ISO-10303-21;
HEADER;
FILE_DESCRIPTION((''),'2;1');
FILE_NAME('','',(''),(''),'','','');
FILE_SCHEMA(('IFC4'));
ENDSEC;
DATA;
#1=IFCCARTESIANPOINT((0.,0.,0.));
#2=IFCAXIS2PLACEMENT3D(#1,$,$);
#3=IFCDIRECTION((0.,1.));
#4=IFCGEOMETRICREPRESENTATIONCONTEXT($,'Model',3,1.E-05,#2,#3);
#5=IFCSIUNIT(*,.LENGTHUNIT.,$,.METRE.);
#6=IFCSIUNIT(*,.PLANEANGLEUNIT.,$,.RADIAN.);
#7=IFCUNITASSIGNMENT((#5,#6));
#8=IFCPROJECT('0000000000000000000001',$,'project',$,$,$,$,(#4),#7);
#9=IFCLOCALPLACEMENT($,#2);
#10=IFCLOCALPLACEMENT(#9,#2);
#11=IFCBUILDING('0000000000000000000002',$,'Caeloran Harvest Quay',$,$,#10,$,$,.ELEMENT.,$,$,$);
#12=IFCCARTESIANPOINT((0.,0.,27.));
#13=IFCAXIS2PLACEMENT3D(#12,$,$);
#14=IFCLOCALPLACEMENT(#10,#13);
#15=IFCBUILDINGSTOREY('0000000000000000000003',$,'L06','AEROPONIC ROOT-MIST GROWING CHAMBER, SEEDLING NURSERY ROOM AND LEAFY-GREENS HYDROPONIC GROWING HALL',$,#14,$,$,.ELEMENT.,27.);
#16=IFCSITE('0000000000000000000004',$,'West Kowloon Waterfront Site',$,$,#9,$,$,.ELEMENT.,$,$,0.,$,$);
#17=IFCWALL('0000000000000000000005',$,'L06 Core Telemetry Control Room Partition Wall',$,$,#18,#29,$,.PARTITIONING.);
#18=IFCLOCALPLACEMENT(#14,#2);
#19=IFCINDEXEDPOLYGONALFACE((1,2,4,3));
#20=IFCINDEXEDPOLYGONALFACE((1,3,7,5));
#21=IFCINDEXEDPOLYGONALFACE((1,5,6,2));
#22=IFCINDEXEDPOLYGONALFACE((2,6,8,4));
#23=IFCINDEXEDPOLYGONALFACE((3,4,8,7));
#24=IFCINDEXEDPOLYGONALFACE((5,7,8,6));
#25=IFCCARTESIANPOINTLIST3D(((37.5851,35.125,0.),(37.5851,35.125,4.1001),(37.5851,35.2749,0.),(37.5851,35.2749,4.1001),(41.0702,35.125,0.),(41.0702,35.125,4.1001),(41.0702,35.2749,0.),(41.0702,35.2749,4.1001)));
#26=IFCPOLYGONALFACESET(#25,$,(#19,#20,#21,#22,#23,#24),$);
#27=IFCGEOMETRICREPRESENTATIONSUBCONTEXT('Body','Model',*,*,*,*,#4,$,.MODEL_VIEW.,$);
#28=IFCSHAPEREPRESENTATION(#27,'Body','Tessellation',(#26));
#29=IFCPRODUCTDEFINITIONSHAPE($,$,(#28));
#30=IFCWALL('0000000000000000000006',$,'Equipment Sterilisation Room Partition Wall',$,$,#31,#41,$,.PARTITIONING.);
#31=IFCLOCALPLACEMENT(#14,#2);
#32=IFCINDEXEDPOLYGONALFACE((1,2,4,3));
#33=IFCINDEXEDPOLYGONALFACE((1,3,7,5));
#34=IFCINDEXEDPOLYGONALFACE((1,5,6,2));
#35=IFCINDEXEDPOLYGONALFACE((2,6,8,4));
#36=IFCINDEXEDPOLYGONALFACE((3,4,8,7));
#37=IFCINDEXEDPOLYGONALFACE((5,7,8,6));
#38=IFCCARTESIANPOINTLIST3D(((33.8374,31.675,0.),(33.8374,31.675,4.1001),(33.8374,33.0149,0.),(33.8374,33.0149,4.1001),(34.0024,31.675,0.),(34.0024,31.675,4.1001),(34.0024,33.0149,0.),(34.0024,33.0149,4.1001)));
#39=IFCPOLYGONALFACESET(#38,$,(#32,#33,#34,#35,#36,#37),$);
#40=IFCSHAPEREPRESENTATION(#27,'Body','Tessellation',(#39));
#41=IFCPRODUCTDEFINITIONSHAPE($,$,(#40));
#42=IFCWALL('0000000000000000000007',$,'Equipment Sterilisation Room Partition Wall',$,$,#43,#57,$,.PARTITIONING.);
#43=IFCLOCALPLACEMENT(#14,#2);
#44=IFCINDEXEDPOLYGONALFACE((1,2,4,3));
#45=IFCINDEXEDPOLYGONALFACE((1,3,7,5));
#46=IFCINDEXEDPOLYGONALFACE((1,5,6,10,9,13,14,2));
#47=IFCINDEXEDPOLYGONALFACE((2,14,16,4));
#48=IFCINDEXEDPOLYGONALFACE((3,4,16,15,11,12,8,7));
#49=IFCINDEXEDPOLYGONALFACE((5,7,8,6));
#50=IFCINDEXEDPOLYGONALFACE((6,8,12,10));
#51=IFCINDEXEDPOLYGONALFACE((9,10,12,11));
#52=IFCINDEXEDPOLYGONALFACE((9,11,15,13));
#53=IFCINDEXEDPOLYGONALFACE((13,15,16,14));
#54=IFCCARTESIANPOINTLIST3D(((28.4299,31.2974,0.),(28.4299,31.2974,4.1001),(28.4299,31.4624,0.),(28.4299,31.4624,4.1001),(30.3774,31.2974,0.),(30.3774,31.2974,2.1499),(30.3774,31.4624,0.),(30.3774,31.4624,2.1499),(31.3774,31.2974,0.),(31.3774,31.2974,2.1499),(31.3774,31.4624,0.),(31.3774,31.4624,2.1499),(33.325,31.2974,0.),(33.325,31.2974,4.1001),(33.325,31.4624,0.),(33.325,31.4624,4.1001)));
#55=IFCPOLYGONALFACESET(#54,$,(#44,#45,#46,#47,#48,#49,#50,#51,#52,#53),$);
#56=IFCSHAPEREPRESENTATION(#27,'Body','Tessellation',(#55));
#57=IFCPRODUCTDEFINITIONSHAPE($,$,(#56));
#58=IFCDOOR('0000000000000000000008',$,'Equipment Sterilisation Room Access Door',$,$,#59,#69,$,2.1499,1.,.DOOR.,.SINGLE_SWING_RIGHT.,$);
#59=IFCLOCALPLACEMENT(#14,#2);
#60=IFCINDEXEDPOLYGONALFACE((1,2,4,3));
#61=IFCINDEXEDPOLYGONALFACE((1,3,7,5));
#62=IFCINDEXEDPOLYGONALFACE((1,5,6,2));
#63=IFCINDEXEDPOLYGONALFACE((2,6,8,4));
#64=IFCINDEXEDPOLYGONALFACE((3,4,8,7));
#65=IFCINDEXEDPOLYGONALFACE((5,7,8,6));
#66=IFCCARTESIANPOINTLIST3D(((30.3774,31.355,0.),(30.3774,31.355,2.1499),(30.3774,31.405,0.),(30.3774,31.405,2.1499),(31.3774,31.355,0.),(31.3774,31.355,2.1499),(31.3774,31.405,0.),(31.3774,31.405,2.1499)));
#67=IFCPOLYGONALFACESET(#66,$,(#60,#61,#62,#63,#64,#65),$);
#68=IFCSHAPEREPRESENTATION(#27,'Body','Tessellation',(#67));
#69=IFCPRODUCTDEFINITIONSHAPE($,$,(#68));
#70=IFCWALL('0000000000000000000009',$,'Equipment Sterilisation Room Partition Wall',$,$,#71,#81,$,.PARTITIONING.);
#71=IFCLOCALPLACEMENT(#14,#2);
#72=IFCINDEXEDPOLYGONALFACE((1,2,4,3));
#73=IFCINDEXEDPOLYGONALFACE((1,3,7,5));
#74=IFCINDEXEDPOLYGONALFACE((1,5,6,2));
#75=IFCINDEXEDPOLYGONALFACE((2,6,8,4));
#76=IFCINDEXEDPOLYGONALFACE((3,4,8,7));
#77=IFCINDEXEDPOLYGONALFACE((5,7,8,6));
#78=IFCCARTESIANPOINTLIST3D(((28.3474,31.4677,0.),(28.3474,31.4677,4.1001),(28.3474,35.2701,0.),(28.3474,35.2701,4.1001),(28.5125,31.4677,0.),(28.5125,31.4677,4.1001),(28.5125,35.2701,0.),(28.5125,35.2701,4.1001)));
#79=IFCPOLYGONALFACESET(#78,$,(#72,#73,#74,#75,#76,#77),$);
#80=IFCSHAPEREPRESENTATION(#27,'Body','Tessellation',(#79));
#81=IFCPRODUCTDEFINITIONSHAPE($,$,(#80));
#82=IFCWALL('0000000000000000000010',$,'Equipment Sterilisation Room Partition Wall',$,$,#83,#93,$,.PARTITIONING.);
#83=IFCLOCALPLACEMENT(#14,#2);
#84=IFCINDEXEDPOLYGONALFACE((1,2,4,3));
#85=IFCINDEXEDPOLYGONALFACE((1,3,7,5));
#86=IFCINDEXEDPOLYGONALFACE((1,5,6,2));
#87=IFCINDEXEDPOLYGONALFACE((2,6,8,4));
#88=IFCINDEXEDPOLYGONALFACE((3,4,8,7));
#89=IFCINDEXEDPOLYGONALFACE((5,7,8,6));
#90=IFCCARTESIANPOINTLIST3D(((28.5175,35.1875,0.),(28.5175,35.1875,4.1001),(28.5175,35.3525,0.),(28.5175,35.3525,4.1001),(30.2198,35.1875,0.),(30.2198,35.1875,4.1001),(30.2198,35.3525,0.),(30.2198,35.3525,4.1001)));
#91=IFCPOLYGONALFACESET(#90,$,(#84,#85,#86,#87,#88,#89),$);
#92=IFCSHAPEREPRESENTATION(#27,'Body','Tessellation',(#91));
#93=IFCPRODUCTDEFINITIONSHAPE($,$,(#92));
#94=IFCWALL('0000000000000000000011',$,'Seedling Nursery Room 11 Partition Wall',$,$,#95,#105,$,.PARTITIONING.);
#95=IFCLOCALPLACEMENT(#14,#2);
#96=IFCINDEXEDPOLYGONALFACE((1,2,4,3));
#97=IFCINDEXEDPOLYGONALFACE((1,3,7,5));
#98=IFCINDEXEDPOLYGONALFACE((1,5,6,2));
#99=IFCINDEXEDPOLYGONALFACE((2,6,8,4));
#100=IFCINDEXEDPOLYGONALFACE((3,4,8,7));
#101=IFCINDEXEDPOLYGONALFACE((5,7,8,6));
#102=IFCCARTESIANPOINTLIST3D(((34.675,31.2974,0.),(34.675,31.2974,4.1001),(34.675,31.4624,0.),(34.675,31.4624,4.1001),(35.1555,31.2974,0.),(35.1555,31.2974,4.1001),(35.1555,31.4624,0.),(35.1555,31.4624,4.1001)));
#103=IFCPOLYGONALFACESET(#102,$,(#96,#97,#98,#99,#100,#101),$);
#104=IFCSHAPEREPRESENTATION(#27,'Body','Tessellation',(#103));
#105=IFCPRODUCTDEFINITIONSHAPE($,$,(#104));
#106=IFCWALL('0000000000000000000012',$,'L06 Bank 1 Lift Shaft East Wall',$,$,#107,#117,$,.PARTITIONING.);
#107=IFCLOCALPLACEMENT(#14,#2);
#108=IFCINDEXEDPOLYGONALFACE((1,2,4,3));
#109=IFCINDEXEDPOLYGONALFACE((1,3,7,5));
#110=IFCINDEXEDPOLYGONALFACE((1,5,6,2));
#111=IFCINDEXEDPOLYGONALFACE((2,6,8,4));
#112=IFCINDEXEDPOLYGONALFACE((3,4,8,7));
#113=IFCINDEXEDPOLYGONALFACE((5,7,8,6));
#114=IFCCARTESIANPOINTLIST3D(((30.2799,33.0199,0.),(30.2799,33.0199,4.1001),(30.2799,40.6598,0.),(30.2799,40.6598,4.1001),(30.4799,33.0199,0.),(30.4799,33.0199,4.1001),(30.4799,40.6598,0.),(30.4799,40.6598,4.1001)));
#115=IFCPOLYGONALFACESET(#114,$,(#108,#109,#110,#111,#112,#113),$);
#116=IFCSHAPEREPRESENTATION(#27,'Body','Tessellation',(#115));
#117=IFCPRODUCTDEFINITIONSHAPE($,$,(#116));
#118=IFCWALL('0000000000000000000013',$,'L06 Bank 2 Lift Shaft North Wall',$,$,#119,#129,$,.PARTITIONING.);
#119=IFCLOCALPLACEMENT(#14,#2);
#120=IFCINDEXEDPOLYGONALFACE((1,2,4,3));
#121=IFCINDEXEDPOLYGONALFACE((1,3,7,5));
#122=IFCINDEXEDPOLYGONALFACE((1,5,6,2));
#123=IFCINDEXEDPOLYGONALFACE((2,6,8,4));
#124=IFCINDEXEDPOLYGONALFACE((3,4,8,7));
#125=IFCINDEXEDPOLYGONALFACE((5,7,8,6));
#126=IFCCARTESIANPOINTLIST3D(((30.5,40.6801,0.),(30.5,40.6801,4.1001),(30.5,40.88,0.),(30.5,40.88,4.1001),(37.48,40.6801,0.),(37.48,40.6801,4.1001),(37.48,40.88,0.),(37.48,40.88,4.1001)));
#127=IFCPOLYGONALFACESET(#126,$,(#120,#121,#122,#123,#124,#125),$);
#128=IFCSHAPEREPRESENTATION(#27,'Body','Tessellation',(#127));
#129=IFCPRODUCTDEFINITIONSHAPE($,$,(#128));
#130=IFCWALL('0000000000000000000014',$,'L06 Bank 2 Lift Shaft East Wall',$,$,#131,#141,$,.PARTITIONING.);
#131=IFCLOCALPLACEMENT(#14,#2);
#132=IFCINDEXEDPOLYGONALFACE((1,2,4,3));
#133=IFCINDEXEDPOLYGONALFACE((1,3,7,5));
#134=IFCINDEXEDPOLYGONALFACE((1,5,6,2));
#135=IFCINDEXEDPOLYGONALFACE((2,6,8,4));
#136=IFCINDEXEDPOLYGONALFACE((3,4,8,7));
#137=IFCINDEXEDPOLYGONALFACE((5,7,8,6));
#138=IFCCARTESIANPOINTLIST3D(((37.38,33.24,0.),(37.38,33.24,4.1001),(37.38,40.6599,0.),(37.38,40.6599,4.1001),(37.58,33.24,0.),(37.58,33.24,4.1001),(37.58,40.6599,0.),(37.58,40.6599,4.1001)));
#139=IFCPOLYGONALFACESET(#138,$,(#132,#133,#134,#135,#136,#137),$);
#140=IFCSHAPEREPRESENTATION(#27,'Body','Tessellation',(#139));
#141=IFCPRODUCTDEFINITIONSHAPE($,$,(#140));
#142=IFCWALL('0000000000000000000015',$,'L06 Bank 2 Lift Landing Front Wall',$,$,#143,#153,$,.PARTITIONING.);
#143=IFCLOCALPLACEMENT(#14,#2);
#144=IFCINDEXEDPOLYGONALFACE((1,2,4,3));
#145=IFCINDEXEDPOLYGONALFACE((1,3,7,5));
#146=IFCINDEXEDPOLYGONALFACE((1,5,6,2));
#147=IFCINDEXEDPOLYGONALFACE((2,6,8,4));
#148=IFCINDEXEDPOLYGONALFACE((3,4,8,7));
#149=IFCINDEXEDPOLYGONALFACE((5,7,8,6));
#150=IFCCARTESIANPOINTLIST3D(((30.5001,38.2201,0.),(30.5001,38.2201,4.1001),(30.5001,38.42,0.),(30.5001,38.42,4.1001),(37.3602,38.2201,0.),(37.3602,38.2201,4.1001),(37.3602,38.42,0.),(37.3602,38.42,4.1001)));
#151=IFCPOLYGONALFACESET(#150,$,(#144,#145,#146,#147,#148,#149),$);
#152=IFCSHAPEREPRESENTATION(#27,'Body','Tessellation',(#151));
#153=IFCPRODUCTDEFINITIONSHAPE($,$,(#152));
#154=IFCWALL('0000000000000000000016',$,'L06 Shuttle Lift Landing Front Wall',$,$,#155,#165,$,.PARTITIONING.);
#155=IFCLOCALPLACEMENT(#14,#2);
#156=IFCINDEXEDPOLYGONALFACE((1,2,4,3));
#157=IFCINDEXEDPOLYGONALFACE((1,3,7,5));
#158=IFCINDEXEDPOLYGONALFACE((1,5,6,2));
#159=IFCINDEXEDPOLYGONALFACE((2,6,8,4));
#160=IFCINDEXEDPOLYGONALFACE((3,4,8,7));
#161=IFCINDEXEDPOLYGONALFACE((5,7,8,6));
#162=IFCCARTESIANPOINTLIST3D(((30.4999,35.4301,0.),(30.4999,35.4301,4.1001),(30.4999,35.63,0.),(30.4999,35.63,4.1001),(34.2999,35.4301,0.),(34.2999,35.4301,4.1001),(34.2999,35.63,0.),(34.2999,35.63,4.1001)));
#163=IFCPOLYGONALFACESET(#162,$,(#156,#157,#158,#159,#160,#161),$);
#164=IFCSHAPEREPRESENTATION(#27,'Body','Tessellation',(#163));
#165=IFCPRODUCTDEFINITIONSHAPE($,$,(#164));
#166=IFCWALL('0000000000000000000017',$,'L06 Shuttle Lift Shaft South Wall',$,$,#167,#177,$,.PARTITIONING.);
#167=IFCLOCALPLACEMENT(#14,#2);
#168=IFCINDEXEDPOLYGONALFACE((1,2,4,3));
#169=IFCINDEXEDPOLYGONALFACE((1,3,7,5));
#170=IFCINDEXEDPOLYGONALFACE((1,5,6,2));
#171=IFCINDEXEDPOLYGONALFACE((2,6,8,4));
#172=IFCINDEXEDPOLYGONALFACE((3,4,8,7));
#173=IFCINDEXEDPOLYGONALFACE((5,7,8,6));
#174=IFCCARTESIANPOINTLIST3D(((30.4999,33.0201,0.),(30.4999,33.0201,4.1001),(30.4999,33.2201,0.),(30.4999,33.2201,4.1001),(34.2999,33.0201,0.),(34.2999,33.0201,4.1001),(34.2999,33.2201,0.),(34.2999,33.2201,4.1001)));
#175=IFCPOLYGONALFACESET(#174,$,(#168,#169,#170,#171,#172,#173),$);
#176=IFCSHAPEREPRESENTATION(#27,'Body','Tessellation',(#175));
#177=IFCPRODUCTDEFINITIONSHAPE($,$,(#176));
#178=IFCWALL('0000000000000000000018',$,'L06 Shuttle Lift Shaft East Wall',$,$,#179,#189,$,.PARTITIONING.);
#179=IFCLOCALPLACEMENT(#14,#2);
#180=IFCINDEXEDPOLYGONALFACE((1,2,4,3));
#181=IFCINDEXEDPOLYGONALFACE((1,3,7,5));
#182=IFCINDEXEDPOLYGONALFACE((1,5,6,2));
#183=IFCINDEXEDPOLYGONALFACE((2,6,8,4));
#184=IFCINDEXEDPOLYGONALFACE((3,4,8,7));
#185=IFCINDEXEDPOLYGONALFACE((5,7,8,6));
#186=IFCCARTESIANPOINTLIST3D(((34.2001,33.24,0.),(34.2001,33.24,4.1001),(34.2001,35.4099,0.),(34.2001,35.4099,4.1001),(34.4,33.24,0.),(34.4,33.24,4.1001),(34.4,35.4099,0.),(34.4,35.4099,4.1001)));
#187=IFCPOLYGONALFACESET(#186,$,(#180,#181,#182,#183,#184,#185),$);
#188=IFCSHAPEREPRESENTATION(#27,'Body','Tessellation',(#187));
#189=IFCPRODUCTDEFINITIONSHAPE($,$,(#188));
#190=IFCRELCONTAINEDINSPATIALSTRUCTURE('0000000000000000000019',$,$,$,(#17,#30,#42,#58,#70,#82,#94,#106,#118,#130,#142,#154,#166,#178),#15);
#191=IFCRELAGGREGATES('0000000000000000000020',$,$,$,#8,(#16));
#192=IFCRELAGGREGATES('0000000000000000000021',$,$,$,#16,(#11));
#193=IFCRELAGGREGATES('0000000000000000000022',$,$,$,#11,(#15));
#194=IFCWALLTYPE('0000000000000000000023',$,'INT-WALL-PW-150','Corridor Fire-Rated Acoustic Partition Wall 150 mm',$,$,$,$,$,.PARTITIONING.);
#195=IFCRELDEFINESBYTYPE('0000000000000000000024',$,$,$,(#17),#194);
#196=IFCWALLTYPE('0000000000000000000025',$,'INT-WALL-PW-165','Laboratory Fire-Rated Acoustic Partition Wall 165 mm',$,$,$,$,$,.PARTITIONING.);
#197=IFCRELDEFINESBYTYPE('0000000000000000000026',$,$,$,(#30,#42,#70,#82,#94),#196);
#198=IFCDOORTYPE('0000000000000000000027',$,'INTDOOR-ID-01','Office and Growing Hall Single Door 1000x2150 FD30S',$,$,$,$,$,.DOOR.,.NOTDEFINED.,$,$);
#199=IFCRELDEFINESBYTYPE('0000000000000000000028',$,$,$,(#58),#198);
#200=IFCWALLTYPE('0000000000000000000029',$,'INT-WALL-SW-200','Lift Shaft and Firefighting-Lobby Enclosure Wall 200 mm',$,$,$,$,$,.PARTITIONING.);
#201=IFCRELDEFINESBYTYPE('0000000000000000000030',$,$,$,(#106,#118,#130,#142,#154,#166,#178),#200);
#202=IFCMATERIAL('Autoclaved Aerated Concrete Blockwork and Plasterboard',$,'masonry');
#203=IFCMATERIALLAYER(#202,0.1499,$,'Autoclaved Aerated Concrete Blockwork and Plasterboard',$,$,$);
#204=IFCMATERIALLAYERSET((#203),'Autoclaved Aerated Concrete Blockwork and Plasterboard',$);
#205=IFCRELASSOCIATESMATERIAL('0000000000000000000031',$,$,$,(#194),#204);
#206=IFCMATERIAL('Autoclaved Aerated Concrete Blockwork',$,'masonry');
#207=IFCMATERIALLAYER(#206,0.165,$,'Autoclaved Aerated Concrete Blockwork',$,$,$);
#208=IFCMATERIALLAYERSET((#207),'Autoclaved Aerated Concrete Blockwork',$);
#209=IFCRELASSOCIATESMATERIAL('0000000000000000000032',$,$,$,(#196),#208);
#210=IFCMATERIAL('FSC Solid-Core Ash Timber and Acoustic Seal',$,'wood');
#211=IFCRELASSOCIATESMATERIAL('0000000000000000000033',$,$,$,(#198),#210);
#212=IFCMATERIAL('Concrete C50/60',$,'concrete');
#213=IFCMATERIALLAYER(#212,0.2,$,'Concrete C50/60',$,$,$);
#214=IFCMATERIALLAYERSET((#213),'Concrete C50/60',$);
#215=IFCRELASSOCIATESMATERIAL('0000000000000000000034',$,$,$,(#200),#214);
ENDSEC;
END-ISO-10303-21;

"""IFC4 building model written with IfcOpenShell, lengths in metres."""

from ifc_helpers import new_model, si_unit, direction, frame, frame_2d, origin, place, context, subcontext, project, spatial, rectangle, extrude, material, layer, layer_set, type_object, element, fill, save


model = new_model("IFC4")

# Units and contexts
model_context = context("Model", 3, precision=1e-05, world=origin(), true_north=direction((0.0, 1.0)))
body_context = subcontext(model_context, "Body", "Model", "MODEL_VIEW")
ifc_project = project(units=[si_unit("LENGTHUNIT", "METRE"), si_unit("PLANEANGLEUNIT", "RADIAN")], contexts=[model_context])

# Site, building, storey
site_placement = place(None, origin())
site = spatial("IfcSite", under=ifc_project, at=site_placement, Name="West Kowloon Waterfront Site", CompositionType="ELEMENT", RefElevation=0.0)
building_placement = place(site_placement, origin())
building = spatial("IfcBuilding", under=site, at=building_placement, Name="Caeloran Harvest Quay", CompositionType="ELEMENT")
storey_placement = place(building_placement, frame((0.0, 0.0, 27.0)))
storey = spatial("IfcBuildingStorey", under=building, at=storey_placement, Name="L06", Description="AEROPONIC ROOT-MIST GROWING CHAMBER, SEEDLING NURSERY ROOM AND LEAFY-GREENS HYDROPONIC GROWING HALL", CompositionType="ELEMENT", Elevation=27.0)

# Shared definitions
ifc_material_1 = material(Name="Autoclaved Aerated Concrete Blockwork and Plasterboard", Category="masonry")
ifc_layer_1 = layer(ifc_material_1, 0.1499, Name="Autoclaved Aerated Concrete Blockwork and Plasterboard")
ifc_layer_set_1 = layer_set([ifc_layer_1], Name="Autoclaved Aerated Concrete Blockwork and Plasterboard")
wall_type_1 = type_object("IfcWallType", Name="INT-WALL-PW-150", Description="Corridor Fire-Rated Acoustic Partition Wall 150 mm", PredefinedType="PARTITIONING", material=ifc_layer_set_1)

# Walls
wall_1_placement = place(storey_placement, frame((37.585, 35.2, 0.0), z_axis=(0.0, 0.0, 1.0), x_axis=(1.0, 0.0, 0.0)))
element("IfcWall", 1, at=wall_1_placement, inside=storey, type_object=wall_type_1, Name="L06 Core Telemetry Control Room Partition Wall", PredefinedType="PARTITIONING", context=body_context, shape_type="SweptSolid", body=[
    extrude(rectangle(XDim=3.4851, YDim=0.1499, at=frame_2d((1.7427, 0.0))), origin(), (0.0, 0.0, 1.0), 4.1001),
])
ifc_material_2 = material(Name="Autoclaved Aerated Concrete Blockwork", Category="masonry")
ifc_layer_2 = layer(ifc_material_2, 0.165, Name="Autoclaved Aerated Concrete Blockwork")
ifc_layer_set_2 = layer_set([ifc_layer_2], Name="Autoclaved Aerated Concrete Blockwork")
wall_type_2 = type_object("IfcWallType", Name="INT-WALL-PW-165", Description="Laboratory Fire-Rated Acoustic Partition Wall 165 mm", PredefinedType="PARTITIONING", material=ifc_layer_set_2)
wall_2_placement = place(storey_placement, frame((33.9199, 33.0149, 0.0), z_axis=(0.0, 0.0, 1.0), x_axis=(0.0, -1.0, 0.0)))
element("IfcWall", 2, at=wall_2_placement, inside=storey, type_object=wall_type_2, Name="Equipment Sterilisation Room Partition Wall", PredefinedType="PARTITIONING", context=body_context, shape_type="SweptSolid", body=[
    extrude(rectangle(XDim=1.3398, YDim=0.165, at=frame_2d((0.6699, 0.0))), origin(), (0.0, 0.0, 1.0), 4.1001),
])

# Wall, opening, door
wall_3_placement = place(storey_placement, frame((33.325, 31.3799, 0.0), z_axis=(0.0, 0.0, 1.0), x_axis=(-1.0, 0.0, 0.0)))
wall_3 = element("IfcWall", 3, at=wall_3_placement, inside=storey, type_object=wall_type_2, Name="Equipment Sterilisation Room Partition Wall", PredefinedType="PARTITIONING", context=body_context, shape_type="SweptSolid", body=[
    extrude(rectangle(XDim=4.895, YDim=0.165, at=frame_2d((2.4475, 0.0))), origin(), (0.0, 0.0, 1.0), 4.1001),
])
opening_1_placement = place(wall_3_placement, frame((1.9475, 0.0, 0.0)))
opening_1 = element("IfcOpeningElement", 4, at=opening_1_placement, cuts=wall_3, PredefinedType="OPENING", context=body_context, shape_type="SweptSolid", body=[
    extrude(rectangle(XDim=1.0, YDim=2.1499, at=frame_2d((0.5, 1.075))), frame((0.0, 0.0925, 0.0), z_axis=(0.0, -1.0, 0.0), x_axis=(1.0, 0.0, 0.0)), (0.0, 0.0, 1.0), 0.1851),
])
ifc_material_3 = material(Name="FSC Solid-Core Ash Timber and Acoustic Seal", Category="wood")
door_type_1 = type_object("IfcDoorType", Name="INTDOOR-ID-01", Description="Office and Growing Hall Single Door 1000x2150 FD30S", OperationType="NOTDEFINED", PredefinedType="DOOR", material=ifc_material_3)
door_1_placement = place(opening_1_placement, origin())
door_1 = element("IfcDoor", 5, at=door_1_placement, inside=storey, type_object=door_type_1, Name="Equipment Sterilisation Room Access Door", OperationType="SINGLE_SWING_RIGHT", OverallHeight=2.1499, OverallWidth=1.0, PredefinedType="DOOR", context=body_context, shape_type="SweptSolid", body=[
    extrude(rectangle(XDim=1.0, YDim=2.1499, at=frame_2d((0.5, 1.075))), frame((0.0, 0.0249, 0.0), z_axis=(0.0, -1.0, 0.0), x_axis=(1.0, 0.0, 0.0)), (0.0, 0.0, 1.0), 0.05),
])
fill(opening_1, door_1)

# Walls
wall_4_placement = place(storey_placement, frame((28.4299, 31.4675, 0.0), z_axis=(0.0, 0.0, 1.0), x_axis=(0.0, 1.0, 0.0)))
element("IfcWall", 6, at=wall_4_placement, inside=storey, type_object=wall_type_2, Name="Equipment Sterilisation Room Partition Wall", PredefinedType="PARTITIONING", context=body_context, shape_type="SweptSolid", body=[
    extrude(rectangle(XDim=3.8025, YDim=0.165, at=frame_2d((1.9014, 0.0))), origin(), (0.0, 0.0, 1.0), 4.1001),
])
wall_5_placement = place(storey_placement, frame((28.5176, 35.27, 0.0), z_axis=(0.0, 0.0, 1.0), x_axis=(1.0, 0.0, 0.0)))
element("IfcWall", 7, at=wall_5_placement, inside=storey, type_object=wall_type_2, Name="Equipment Sterilisation Room Partition Wall", PredefinedType="PARTITIONING", context=body_context, shape_type="SweptSolid", body=[
    extrude(rectangle(XDim=1.7024, YDim=0.165, at=frame_2d((0.8511, 0.0))), origin(), (0.0, 0.0, 1.0), 4.1001),
])

# Walls
wall_6_placement = place(storey_placement, frame((35.1555, 31.3799, 0.0), z_axis=(0.0, 0.0, 1.0), x_axis=(-1.0, 0.0, 0.0)))
element("IfcWall", 8, at=wall_6_placement, inside=storey, type_object=wall_type_2, Name="Seedling Nursery Room 11 Partition Wall", PredefinedType="PARTITIONING", context=body_context, shape_type="SweptSolid", body=[
    extrude(rectangle(XDim=0.4805, YDim=0.165, at=frame_2d((0.2402, 0.0))), origin(), (0.0, 0.0, 1.0), 4.1001),
])
ifc_material_4 = material(Name="Concrete C50/60", Category="concrete")
ifc_layer_3 = layer(ifc_material_4, 0.2, Name="Concrete C50/60")
ifc_layer_set_3 = layer_set([ifc_layer_3], Name="Concrete C50/60")
wall_type_3 = type_object("IfcWallType", Name="INT-WALL-SW-200", Description="Lift Shaft and Firefighting-Lobby Enclosure Wall 200 mm", PredefinedType="PARTITIONING", material=ifc_layer_set_3)
wall_7_placement = place(storey_placement, frame((30.3799, 33.02, 0.0), z_axis=(0.0, 0.0, 1.0), x_axis=(0.0, 1.0, 0.0)))
element("IfcWall", 9, at=wall_7_placement, inside=storey, type_object=wall_type_3, Name="L06 Bank 1 Lift Shaft East Wall", PredefinedType="PARTITIONING", context=body_context, shape_type="SweptSolid", body=[
    extrude(rectangle(XDim=7.6399, YDim=0.2, at=frame_2d((3.8198, 0.0))), origin(), (0.0, 0.0, 1.0), 4.1001),
])
wall_8_placement = place(storey_placement, frame((30.5, 40.78, 0.0), z_axis=(0.0, 0.0, 1.0), x_axis=(1.0, 0.0, 0.0)))
element("IfcWall", 10, at=wall_8_placement, inside=storey, type_object=wall_type_3, Name="L06 Bank 2 Lift Shaft North Wall", PredefinedType="PARTITIONING", context=body_context, shape_type="SweptSolid", body=[
    extrude(rectangle(XDim=6.98, YDim=0.2, at=frame_2d((3.49, 0.0))), origin(), (0.0, 0.0, 1.0), 4.1001),
])
wall_9_placement = place(storey_placement, frame((37.48, 33.24, 0.0), z_axis=(0.0, 0.0, 1.0), x_axis=(0.0, 1.0, 0.0)))
element("IfcWall", 11, at=wall_9_placement, inside=storey, type_object=wall_type_3, Name="L06 Bank 2 Lift Shaft East Wall", PredefinedType="PARTITIONING", context=body_context, shape_type="SweptSolid", body=[
    extrude(rectangle(XDim=7.4199, YDim=0.2, at=frame_2d((3.71, 0.0))), origin(), (0.0, 0.0, 1.0), 4.1001),
])
wall_10_placement = place(storey_placement, frame((30.5, 38.3201, 0.0), z_axis=(0.0, 0.0, 1.0), x_axis=(1.0, 0.0, 0.0)))
element("IfcWall", 12, at=wall_10_placement, inside=storey, type_object=wall_type_3, Name="L06 Bank 2 Lift Landing Front Wall", PredefinedType="PARTITIONING", context=body_context, shape_type="SweptSolid", body=[
    extrude(rectangle(XDim=6.8601, YDim=0.2, at=frame_2d((3.4302, 0.0))), origin(), (0.0, 0.0, 1.0), 4.1001),
])
for number, where, z_axis, x_axis, name in (
    (13, (30.5, 35.53, 0.0), (0.0, 0.0, 1.0), (1.0, 0.0, 0.0), "L06 Shuttle Lift Landing Front Wall"),
    (14, (30.5, 33.1201, 0.0), (0.0, 0.0, 1.0), (1.0, 0.0, 0.0), "L06 Shuttle Lift Shaft South Wall"),
):
    element("IfcWall", number, at=place(storey_placement, frame(where, z_axis=z_axis, x_axis=x_axis)), inside=storey, type_object=wall_type_3, Name=name, PredefinedType="PARTITIONING", context=body_context, shape_type="SweptSolid", body=[
        extrude(rectangle(XDim=3.8, YDim=0.2, at=frame_2d((1.8999, 0.0))), origin(), (0.0, 0.0, 1.0), 4.1001),
    ])
wall_11_placement = place(storey_placement, frame((34.3, 33.24, 0.0), z_axis=(0.0, 0.0, 1.0), x_axis=(0.0, 1.0, 0.0)))
element("IfcWall", 15, at=wall_11_placement, inside=storey, type_object=wall_type_3, Name="L06 Shuttle Lift Shaft East Wall", PredefinedType="PARTITIONING", context=body_context, shape_type="SweptSolid", body=[
    extrude(rectangle(XDim=2.1699, YDim=0.2, at=frame_2d((1.085, 0.0))), origin(), (0.0, 0.0, 1.0), 4.1001),
])

save(model, "model.ifc")
